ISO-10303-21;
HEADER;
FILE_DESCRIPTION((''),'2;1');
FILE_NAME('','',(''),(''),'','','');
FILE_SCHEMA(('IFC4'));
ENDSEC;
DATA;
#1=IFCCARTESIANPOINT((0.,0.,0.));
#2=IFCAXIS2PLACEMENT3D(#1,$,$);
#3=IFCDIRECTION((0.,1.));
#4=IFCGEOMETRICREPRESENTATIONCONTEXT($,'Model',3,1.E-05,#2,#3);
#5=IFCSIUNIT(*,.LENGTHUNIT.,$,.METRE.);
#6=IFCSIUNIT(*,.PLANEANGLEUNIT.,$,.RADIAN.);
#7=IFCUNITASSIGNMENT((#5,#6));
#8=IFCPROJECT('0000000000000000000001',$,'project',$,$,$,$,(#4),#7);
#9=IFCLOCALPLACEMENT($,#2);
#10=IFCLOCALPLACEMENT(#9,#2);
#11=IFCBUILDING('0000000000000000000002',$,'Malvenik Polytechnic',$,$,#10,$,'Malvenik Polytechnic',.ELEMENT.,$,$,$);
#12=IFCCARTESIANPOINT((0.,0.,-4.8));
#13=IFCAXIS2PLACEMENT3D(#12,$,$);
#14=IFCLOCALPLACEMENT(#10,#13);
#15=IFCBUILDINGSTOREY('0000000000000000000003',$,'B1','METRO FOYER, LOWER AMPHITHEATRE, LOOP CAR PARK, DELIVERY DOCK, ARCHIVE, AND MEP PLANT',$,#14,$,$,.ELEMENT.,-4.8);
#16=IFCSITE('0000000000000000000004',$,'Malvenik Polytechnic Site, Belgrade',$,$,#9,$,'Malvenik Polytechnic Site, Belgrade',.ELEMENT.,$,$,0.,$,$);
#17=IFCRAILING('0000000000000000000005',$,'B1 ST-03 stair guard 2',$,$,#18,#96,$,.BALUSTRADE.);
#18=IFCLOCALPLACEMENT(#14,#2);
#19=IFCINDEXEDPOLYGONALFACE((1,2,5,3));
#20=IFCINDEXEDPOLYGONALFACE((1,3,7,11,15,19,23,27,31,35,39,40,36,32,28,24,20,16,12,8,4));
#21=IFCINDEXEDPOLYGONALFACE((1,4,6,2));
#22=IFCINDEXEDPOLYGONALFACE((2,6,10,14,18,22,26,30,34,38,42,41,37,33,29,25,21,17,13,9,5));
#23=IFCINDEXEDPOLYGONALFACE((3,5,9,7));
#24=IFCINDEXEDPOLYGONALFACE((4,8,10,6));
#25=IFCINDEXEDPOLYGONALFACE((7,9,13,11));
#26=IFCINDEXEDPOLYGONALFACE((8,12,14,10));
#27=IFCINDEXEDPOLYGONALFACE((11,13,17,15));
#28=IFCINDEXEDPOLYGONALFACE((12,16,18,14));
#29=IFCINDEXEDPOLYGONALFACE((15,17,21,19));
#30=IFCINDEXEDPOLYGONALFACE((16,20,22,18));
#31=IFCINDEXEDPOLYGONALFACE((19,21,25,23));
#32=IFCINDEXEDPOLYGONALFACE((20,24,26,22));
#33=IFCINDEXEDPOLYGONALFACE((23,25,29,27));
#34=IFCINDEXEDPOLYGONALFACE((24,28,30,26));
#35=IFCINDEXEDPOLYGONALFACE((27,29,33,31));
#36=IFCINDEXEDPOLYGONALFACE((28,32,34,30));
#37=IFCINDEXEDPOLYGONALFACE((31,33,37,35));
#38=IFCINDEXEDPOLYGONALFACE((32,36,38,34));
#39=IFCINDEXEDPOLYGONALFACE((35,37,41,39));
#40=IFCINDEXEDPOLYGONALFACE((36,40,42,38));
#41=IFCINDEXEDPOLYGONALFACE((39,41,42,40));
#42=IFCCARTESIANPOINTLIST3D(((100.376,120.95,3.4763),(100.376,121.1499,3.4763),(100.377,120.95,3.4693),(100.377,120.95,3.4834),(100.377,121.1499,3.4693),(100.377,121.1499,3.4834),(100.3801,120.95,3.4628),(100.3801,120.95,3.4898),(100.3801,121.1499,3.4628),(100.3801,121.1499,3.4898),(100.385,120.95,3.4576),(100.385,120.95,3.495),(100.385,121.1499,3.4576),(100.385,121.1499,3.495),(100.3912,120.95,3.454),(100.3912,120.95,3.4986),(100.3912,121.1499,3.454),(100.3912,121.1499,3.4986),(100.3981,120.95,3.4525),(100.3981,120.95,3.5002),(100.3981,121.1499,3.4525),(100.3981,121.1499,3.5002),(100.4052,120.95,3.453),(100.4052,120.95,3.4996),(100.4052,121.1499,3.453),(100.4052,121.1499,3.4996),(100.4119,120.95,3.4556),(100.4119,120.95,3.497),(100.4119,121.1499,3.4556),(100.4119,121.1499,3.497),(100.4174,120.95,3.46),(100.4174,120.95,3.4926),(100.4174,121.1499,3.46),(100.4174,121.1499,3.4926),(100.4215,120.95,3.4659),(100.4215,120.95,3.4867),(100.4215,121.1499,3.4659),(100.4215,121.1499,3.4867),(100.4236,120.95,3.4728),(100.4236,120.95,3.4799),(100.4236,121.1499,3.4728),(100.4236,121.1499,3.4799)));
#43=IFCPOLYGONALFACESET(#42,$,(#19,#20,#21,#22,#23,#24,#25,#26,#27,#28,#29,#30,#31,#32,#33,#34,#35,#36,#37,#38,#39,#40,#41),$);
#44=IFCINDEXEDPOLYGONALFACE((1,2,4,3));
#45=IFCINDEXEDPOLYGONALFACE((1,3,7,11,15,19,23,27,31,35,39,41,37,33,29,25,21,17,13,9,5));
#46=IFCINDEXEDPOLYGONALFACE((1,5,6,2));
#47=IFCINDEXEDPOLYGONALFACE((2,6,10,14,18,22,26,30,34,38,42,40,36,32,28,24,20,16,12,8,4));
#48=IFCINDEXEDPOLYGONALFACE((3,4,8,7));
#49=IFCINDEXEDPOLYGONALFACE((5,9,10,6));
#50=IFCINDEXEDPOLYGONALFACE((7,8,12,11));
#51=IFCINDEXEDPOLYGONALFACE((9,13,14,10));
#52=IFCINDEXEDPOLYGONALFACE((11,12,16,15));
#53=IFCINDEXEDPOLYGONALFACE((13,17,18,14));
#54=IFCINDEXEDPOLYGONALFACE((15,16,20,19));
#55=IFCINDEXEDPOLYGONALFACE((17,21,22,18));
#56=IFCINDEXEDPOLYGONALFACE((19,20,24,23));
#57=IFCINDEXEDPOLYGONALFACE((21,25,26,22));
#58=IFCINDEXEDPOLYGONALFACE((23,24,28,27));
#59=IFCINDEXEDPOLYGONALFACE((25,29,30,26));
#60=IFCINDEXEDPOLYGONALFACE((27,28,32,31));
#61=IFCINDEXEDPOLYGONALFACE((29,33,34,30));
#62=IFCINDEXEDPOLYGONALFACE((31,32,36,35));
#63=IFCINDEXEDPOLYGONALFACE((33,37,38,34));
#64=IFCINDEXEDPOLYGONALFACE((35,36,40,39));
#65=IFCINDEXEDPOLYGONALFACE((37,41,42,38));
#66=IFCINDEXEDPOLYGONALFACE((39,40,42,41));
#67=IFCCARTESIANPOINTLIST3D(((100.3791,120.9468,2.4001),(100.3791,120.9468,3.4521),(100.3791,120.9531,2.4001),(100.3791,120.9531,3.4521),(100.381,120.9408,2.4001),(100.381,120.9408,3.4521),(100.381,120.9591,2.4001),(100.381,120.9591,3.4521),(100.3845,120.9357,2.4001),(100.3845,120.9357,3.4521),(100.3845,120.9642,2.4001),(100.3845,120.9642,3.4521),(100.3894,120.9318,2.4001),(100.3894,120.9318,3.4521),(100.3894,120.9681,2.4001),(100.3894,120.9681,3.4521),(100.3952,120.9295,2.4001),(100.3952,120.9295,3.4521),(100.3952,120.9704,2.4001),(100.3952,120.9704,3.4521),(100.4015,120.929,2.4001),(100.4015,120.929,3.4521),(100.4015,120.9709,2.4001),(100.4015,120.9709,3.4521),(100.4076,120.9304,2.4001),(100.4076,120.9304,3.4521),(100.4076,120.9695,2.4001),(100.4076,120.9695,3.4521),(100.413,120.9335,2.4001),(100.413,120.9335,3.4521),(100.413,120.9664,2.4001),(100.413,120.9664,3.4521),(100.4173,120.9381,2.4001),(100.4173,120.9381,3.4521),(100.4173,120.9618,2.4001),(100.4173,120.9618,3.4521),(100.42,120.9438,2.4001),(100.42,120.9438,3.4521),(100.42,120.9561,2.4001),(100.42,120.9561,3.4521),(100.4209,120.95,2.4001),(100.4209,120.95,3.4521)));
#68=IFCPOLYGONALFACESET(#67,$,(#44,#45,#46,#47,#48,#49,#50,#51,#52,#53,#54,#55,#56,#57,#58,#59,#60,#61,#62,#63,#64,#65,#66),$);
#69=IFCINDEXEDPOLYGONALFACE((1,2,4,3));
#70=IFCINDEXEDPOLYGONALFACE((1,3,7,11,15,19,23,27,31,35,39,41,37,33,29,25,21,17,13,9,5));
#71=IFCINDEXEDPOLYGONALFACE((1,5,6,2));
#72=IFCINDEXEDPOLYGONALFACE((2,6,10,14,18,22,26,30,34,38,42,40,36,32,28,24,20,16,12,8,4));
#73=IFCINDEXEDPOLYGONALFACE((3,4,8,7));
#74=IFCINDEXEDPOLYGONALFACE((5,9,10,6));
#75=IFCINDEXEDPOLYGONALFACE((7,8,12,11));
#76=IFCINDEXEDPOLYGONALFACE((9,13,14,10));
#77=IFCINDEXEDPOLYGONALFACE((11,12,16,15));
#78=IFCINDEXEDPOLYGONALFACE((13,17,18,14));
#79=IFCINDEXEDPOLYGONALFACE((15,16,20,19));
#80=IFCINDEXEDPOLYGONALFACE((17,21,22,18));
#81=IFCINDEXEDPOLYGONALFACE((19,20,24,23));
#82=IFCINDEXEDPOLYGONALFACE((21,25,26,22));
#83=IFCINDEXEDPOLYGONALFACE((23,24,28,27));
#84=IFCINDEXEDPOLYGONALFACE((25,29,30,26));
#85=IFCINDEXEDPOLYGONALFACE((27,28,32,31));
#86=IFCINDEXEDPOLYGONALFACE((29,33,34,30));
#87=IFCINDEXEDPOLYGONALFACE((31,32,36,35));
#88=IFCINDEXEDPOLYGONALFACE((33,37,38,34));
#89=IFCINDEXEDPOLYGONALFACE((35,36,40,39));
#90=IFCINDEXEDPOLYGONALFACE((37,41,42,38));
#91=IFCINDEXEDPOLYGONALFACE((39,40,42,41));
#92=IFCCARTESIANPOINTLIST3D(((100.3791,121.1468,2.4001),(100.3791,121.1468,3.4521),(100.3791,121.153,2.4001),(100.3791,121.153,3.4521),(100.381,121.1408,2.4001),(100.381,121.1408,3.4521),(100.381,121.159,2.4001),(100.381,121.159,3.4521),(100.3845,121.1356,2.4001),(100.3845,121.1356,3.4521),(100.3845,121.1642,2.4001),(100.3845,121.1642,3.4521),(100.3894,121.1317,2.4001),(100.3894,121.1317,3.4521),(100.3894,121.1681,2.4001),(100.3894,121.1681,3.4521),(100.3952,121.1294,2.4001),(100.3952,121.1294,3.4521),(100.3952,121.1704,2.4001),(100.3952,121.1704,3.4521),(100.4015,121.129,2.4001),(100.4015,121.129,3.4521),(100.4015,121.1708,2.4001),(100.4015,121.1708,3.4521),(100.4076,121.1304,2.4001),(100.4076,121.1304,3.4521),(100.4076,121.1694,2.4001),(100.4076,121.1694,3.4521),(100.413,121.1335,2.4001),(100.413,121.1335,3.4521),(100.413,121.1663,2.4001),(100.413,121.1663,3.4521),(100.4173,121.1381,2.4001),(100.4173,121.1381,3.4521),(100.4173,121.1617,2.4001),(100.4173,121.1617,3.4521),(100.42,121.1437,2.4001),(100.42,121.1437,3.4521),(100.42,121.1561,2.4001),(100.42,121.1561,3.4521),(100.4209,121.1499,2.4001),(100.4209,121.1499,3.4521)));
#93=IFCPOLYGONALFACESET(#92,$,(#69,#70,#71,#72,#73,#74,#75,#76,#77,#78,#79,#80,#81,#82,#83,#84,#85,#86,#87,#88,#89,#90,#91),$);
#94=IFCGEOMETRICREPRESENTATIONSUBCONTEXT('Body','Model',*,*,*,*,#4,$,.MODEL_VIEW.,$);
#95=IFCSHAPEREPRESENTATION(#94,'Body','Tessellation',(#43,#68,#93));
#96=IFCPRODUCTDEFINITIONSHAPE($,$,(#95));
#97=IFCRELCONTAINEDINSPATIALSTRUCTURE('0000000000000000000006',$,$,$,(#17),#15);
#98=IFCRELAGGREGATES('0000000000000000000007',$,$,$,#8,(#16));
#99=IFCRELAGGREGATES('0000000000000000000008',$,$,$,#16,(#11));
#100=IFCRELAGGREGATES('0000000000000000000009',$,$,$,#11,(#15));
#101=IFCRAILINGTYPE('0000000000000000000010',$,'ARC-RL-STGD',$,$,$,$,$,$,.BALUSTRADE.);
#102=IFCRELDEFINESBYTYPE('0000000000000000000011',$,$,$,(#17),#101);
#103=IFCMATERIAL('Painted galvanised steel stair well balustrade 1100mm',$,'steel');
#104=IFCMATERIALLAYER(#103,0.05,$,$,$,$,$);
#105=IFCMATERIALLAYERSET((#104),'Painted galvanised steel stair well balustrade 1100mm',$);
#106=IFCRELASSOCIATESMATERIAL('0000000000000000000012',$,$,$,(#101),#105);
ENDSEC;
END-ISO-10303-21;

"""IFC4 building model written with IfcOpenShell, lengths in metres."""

from ifc_helpers import new_model, si_unit, direction, frame, origin, origin_2d, place, context, subcontext, project, spatial, circle, extrude, material, layer, layer_set, type_object, element, save


model = new_model("IFC4")

# Units and contexts
model_context = context("Model", 3, precision=1e-05, world=origin(), true_north=direction((0.0, 1.0)))
body_context = subcontext(model_context, "Body", "Model", "MODEL_VIEW")
ifc_project = project(units=[si_unit("LENGTHUNIT", "METRE"), si_unit("PLANEANGLEUNIT", "RADIAN")], contexts=[model_context])

# Site, building, storey
site_placement = place(None, origin())
site = spatial("IfcSite", under=ifc_project, at=site_placement, Name="Malvenik Polytechnic Site, Belgrade", LongName="Malvenik Polytechnic Site, Belgrade", CompositionType="ELEMENT", RefElevation=0.0)
building_placement = place(site_placement, origin())
building = spatial("IfcBuilding", under=site, at=building_placement, Name="Malvenik Polytechnic", LongName="Malvenik Polytechnic", CompositionType="ELEMENT")
storey_placement = place(building_placement, frame((0.0, 0.0, -4.8)))
storey = spatial("IfcBuildingStorey", under=building, at=storey_placement, Name="B1", Description="METRO FOYER, LOWER AMPHITHEATRE, LOOP CAR PARK, DELIVERY DOCK, ARCHIVE, AND MEP PLANT", CompositionType="ELEMENT", Elevation=-4.8)

# Railing
ifc_material_1 = material(Name="Painted galvanised steel stair well balustrade 1100mm", Category="steel")
ifc_layer_1 = layer(ifc_material_1, 0.05)
ifc_layer_set_1 = layer_set([ifc_layer_1], Name="Painted galvanised steel stair well balustrade 1100mm")
railing_type_1 = type_object("IfcRailingType", Name="ARC-RL-STGD", PredefinedType="BALUSTRADE", material=ifc_layer_set_1)
railing_1_placement = place(storey_placement, frame((100.3999, 120.95, 2.4001)))
element("IfcRailing", 1, at=railing_1_placement, inside=storey, type_object=railing_type_1, Name="B1 ST-03 stair guard 2", PredefinedType="BALUSTRADE", context=body_context, shape_type="SweptSolid", body=[
    extrude(circle(Radius=0.0239, at=origin_2d()), frame((0.0, 0.0, 1.0762), z_axis=(0.0, 1.0, 0.0), x_axis=(-1.0, 0.0, 0.0)), (0.0, 0.0, 1.0), 0.2),
    extrude(circle(Radius=0.021, at=origin_2d()), origin(), (0.0, 0.0, 1.0), 1.052),
    extrude(circle(Radius=0.021, at=origin_2d()), frame((0.0, 0.2, 0.0)), (0.0, 0.0, 1.0), 1.052),
])

save(model, "model.ifc")
